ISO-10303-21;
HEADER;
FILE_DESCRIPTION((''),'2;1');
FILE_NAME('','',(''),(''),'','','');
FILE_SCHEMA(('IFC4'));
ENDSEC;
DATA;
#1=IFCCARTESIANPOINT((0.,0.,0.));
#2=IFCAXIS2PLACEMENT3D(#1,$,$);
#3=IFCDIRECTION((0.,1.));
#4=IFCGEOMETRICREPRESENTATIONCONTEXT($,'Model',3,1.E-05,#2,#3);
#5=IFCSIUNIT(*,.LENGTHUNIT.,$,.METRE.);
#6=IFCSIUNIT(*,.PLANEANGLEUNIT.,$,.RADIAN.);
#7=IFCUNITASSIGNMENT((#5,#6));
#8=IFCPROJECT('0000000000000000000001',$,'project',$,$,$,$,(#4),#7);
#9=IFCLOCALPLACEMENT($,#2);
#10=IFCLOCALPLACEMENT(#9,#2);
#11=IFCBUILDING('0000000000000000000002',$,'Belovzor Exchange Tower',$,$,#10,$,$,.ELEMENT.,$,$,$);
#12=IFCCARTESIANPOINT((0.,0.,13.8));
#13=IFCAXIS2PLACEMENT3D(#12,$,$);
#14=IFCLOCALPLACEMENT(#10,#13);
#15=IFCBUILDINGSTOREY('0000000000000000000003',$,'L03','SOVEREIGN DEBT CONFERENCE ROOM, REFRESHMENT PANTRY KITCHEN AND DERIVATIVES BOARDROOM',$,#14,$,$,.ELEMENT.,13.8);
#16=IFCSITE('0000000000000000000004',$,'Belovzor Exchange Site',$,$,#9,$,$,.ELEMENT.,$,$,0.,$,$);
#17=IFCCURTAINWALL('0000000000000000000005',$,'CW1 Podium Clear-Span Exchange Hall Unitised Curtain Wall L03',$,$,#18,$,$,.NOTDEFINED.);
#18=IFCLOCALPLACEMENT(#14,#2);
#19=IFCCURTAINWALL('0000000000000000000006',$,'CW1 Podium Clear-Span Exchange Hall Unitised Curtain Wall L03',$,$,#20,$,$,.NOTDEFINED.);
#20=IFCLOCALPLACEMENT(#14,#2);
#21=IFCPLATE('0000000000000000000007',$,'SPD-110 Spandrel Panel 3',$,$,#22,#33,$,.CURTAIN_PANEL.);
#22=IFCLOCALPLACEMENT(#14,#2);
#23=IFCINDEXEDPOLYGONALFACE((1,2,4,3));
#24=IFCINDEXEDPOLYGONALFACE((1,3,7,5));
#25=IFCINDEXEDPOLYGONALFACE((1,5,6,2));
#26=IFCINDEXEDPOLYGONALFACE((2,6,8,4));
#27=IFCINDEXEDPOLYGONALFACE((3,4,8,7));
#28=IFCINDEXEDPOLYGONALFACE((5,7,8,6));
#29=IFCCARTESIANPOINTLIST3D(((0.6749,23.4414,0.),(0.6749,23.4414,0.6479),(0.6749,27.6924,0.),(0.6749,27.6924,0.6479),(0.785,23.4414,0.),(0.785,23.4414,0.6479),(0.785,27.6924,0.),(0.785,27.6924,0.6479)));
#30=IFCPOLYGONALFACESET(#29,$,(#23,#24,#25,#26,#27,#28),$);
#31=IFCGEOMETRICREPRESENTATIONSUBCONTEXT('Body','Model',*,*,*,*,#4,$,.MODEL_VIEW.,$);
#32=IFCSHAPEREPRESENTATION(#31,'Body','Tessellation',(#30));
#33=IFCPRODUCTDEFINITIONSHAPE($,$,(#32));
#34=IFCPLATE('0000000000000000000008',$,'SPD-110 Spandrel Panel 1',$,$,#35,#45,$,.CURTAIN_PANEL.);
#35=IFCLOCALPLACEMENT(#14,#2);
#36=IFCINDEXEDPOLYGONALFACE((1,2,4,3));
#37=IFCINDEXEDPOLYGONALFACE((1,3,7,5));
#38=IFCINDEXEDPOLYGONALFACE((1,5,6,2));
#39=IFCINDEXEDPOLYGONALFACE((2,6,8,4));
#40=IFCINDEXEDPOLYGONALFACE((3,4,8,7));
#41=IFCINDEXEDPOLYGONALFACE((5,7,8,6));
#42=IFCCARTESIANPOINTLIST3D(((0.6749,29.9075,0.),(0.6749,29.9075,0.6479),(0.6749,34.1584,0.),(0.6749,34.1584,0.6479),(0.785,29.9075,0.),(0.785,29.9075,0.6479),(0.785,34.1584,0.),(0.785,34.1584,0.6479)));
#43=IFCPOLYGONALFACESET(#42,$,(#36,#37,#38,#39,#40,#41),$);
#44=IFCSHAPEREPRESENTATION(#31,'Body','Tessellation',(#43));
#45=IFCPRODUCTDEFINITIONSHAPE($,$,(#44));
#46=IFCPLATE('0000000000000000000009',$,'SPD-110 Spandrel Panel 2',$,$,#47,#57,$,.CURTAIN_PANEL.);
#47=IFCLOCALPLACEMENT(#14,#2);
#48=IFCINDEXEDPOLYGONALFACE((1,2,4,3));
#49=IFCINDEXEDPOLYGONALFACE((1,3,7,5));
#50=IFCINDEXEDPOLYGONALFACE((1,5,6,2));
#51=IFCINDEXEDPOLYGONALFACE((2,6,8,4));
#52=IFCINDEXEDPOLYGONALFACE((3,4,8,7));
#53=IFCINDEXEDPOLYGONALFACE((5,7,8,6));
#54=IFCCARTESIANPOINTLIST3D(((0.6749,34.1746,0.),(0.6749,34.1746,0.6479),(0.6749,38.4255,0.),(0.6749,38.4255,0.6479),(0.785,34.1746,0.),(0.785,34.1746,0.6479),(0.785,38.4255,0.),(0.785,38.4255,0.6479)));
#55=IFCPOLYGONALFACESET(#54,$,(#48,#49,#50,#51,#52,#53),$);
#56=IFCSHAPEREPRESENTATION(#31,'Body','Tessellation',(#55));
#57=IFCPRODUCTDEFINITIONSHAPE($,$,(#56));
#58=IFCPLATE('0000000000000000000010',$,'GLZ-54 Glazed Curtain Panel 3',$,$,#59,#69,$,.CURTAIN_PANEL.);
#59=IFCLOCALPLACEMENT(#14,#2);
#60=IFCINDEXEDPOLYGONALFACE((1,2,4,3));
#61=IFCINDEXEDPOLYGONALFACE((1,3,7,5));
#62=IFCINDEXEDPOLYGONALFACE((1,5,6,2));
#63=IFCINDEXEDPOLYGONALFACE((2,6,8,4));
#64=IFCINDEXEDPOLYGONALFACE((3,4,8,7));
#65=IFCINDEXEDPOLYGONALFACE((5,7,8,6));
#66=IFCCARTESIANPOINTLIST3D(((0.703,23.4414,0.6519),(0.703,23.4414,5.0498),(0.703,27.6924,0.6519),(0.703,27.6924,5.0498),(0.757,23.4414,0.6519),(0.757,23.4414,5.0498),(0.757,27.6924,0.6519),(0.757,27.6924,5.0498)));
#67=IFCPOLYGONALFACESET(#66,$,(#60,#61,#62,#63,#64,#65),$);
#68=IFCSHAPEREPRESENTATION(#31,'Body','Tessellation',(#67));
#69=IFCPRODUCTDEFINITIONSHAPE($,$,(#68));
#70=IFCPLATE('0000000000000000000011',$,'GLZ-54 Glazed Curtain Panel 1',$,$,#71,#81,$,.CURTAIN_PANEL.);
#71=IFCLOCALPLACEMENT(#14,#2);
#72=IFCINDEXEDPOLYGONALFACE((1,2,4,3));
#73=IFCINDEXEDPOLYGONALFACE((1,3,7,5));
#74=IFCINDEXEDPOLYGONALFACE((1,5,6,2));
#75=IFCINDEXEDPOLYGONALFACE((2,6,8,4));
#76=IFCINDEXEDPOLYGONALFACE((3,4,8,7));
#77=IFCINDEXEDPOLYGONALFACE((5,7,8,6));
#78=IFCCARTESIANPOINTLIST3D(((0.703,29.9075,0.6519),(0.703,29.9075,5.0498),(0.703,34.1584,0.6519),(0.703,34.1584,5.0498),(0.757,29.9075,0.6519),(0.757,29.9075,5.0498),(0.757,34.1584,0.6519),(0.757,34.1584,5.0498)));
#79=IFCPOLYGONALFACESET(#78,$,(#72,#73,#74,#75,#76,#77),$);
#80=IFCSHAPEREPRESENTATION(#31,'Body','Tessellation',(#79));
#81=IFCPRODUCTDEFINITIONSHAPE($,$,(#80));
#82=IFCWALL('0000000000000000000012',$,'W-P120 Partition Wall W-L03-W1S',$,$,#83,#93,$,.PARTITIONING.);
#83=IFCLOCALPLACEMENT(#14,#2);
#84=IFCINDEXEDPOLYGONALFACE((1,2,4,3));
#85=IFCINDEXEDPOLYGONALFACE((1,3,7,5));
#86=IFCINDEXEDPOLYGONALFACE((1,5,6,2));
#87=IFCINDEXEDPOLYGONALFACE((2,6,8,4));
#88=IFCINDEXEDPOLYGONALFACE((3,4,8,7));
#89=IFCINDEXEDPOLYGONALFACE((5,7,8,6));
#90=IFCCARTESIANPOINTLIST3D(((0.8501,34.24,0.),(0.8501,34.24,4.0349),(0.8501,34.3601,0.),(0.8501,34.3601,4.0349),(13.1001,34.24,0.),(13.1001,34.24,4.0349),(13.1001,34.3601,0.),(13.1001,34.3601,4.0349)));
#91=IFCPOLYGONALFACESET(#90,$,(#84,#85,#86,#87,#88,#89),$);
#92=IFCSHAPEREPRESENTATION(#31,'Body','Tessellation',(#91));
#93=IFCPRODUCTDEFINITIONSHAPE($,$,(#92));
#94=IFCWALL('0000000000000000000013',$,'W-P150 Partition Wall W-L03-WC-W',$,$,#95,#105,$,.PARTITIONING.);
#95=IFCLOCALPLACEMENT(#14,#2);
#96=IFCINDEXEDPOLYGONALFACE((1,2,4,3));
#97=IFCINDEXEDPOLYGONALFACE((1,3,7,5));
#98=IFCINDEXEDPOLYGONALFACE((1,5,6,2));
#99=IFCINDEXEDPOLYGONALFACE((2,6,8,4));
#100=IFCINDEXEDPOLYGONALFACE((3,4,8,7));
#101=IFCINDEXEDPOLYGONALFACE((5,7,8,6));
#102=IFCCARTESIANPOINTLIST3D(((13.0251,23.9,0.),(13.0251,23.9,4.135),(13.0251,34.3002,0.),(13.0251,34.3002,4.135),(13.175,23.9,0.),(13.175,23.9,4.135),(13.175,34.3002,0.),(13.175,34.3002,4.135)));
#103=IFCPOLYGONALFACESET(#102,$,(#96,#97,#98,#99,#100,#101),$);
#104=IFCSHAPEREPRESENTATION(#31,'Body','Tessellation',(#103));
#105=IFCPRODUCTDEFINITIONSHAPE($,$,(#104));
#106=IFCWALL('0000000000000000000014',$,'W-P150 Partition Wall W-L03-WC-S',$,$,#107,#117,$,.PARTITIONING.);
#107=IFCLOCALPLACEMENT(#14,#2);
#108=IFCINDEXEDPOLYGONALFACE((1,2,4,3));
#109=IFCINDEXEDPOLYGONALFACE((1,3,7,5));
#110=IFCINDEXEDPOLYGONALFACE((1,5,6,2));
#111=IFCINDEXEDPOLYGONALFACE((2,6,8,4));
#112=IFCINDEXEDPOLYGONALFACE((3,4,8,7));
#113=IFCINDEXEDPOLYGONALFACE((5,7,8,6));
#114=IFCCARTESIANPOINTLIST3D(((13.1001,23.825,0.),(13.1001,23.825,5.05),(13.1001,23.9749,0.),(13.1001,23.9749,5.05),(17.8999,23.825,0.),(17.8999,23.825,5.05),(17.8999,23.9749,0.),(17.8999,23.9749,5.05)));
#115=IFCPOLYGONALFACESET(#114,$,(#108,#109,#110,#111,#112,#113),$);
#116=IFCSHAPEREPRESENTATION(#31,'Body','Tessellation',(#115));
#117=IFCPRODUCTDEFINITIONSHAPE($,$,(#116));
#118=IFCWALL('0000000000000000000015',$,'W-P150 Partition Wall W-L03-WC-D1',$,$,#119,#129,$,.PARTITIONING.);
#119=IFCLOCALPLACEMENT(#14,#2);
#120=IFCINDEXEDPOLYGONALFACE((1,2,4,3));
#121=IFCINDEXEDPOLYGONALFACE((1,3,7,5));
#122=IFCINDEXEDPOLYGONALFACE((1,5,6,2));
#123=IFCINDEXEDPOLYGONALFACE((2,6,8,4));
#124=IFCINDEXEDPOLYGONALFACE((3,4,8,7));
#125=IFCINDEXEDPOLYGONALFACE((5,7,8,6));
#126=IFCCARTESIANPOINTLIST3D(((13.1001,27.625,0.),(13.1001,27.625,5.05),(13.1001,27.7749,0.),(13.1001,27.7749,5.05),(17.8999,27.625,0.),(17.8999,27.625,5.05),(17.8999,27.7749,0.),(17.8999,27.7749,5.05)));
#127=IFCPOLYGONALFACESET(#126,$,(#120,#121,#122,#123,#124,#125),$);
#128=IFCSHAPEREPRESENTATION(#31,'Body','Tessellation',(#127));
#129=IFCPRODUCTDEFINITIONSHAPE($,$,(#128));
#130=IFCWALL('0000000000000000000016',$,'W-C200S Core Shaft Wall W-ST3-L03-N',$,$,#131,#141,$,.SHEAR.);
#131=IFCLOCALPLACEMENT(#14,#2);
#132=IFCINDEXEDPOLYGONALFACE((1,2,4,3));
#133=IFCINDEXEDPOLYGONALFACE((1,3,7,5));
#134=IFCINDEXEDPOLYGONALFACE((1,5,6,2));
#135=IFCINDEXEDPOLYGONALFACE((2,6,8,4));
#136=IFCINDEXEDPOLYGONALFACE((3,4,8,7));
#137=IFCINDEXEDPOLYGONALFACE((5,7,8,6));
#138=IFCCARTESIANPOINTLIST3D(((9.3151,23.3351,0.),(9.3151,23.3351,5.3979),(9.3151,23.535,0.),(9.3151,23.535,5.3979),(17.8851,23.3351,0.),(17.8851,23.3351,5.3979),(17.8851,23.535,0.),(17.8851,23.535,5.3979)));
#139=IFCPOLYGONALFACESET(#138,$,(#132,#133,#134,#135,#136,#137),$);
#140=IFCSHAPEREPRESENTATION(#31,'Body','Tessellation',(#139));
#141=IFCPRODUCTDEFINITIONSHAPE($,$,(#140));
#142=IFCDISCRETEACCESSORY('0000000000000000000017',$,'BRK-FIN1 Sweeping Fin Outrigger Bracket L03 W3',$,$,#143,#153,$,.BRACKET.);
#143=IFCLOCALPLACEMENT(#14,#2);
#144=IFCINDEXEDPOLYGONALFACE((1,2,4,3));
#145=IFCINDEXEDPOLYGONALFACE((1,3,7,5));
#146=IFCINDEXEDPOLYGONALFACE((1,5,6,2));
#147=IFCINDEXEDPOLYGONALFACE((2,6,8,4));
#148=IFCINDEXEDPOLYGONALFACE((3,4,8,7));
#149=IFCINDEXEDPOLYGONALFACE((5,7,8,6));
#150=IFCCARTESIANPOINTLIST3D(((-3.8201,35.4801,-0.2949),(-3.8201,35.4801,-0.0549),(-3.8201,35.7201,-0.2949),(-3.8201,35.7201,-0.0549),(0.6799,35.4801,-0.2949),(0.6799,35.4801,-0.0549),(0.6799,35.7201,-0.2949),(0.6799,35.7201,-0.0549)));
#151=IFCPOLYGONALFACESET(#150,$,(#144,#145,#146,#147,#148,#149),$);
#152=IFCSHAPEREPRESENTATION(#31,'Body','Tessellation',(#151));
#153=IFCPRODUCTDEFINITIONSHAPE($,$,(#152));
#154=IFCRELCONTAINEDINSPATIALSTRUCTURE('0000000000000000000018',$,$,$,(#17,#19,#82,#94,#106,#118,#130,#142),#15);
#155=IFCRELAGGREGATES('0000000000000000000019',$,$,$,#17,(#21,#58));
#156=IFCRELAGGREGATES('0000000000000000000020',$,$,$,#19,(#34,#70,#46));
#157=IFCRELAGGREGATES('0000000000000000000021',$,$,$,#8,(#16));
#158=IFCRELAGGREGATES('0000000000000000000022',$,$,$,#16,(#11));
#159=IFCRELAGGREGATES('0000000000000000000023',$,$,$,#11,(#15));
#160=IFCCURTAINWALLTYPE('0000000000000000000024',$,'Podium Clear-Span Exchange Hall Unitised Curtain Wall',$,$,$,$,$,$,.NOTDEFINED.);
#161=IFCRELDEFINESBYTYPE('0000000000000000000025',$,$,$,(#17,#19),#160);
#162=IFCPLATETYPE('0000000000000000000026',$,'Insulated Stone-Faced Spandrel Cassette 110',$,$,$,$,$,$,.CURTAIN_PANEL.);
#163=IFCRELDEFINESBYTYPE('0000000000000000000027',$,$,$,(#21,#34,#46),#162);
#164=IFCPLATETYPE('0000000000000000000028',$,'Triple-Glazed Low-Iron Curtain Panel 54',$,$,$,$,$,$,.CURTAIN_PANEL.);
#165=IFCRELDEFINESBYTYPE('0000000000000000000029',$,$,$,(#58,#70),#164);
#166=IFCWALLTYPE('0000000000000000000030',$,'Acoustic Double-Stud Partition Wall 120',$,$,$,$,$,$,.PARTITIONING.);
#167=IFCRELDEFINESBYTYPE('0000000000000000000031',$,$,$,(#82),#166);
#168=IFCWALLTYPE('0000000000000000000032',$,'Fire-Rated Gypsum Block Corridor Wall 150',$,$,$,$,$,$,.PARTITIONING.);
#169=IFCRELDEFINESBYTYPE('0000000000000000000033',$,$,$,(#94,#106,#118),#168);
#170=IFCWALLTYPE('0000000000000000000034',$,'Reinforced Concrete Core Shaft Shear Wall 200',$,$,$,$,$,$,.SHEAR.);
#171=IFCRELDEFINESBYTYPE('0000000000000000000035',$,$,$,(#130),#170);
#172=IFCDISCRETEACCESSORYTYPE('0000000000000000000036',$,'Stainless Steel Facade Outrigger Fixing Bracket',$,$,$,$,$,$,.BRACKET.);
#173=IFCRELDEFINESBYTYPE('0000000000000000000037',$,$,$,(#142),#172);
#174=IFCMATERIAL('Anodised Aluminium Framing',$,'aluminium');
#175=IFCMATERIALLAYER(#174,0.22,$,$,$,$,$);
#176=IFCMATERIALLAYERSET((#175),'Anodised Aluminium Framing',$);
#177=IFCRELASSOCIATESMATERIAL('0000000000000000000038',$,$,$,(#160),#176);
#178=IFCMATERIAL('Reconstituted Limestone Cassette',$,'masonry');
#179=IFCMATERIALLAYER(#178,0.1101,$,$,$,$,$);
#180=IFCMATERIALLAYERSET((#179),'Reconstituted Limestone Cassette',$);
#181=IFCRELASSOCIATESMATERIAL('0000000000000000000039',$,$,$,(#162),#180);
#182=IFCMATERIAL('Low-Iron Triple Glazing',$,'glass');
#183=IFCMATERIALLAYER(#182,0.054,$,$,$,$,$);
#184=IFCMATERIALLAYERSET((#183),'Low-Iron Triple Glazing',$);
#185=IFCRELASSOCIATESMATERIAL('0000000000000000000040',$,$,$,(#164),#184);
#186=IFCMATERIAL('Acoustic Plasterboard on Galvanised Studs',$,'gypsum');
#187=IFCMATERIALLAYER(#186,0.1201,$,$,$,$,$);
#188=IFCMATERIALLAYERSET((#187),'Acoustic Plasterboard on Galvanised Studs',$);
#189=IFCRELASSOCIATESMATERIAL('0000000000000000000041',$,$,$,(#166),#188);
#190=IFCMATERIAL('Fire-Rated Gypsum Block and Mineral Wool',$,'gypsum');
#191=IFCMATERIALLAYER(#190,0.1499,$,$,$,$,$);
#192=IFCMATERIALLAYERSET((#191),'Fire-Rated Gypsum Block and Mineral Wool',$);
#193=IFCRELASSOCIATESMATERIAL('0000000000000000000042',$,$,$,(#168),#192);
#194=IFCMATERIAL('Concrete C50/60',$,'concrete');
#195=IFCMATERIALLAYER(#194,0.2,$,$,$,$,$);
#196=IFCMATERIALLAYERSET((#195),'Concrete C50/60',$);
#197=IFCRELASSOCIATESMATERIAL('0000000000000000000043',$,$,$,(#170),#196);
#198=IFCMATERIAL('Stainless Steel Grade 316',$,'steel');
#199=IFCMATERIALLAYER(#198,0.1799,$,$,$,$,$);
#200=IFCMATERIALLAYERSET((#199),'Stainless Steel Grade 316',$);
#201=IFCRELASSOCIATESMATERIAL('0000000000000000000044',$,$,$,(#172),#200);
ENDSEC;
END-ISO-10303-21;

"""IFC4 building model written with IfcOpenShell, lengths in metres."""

from ifc_helpers import new_model, si_unit, direction, frame, frame_2d, origin, origin_2d, place, context, subcontext, project, spatial, rectangle, extrude, material, layer, layer_set, type_object, element, aggregate, save


model = new_model("IFC4")

# Units and contexts
model_context = context("Model", 3, precision=1e-05, world=origin(), true_north=direction((0.0, 1.0)))
body_context = subcontext(model_context, "Body", "Model", "MODEL_VIEW")
ifc_project = project(units=[si_unit("LENGTHUNIT", "METRE"), si_unit("PLANEANGLEUNIT", "RADIAN")], contexts=[model_context])

# Site, building, storey
site_placement = place(None, origin())
site = spatial("IfcSite", under=ifc_project, at=site_placement, Name="Belovzor Exchange Site", CompositionType="ELEMENT", RefElevation=0.0)
building_placement = place(site_placement, origin())
building = spatial("IfcBuilding", under=site, at=building_placement, Name="Belovzor Exchange Tower", CompositionType="ELEMENT")
storey_placement = place(building_placement, frame((0.0, 0.0, 13.8)))
storey = spatial("IfcBuildingStorey", under=building, at=storey_placement, Name="L03", Description="SOVEREIGN DEBT CONFERENCE ROOM, REFRESHMENT PANTRY KITCHEN AND DERIVATIVES BOARDROOM", CompositionType="ELEMENT", Elevation=13.8)

# Curtain wall
ifc_material_1 = material(Name="Anodised Aluminium Framing", Category="aluminium")
ifc_layer_1 = layer(ifc_material_1, 0.22)
ifc_layer_set_1 = layer_set([ifc_layer_1], Name="Anodised Aluminium Framing")
curtain_wall_type = type_object("IfcCurtainWallType", Name="Podium Clear-Span Exchange Hall Unitised Curtain Wall", PredefinedType="NOTDEFINED", material=ifc_layer_set_1)
curtain_wall_1_placement = place(storey_placement, origin())
curtain_wall_1 = element("IfcCurtainWall", 1, at=curtain_wall_1_placement, inside=storey, type_object=curtain_wall_type, Name="CW1 Podium Clear-Span Exchange Hall Unitised Curtain Wall L03", PredefinedType="NOTDEFINED")

# Curtain wall
curtain_wall_2_placement = place(storey_placement, origin())
curtain_wall_2 = element("IfcCurtainWall", 2, at=curtain_wall_2_placement, inside=storey, type_object=curtain_wall_type, Name="CW1 Podium Clear-Span Exchange Hall Unitised Curtain Wall L03", PredefinedType="NOTDEFINED")

# Plates
ifc_material_2 = material(Name="Reconstituted Limestone Cassette", Category="masonry")
ifc_layer_2 = layer(ifc_material_2, 0.1101)
ifc_layer_set_2 = layer_set([ifc_layer_2], Name="Reconstituted Limestone Cassette")
plate_type_1 = type_object("IfcPlateType", Name="Insulated Stone-Faced Spandrel Cassette 110", PredefinedType="CURTAIN_PANEL", material=ifc_layer_set_2)
plate_1_placement = place(storey_placement, frame((0.73, 25.5669, 0.0), z_axis=(0.0, 0.0, 1.0), x_axis=(0.0, 1.0, 0.0)))
plate_1 = element("IfcPlate", 3, at=plate_1_placement, type_object=plate_type_1, Name="SPD-110 Spandrel Panel 3", PredefinedType="CURTAIN_PANEL", context=body_context, shape_type="SweptSolid", body=[
    extrude(rectangle(XDim=4.251, YDim=0.1101, at=origin_2d()), origin(), (0.0, 0.0, 1.0), 0.6479),
])
plate_2_placement = place(storey_placement, frame((0.73, 32.033, 0.0), z_axis=(0.0, 0.0, 1.0), x_axis=(0.0, 1.0, 0.0)))
plate_2 = element("IfcPlate", 4, at=plate_2_placement, type_object=plate_type_1, Name="SPD-110 Spandrel Panel 1", PredefinedType="CURTAIN_PANEL", context=body_context, shape_type="SweptSolid", body=[
    extrude(rectangle(XDim=4.251, YDim=0.1101, at=origin_2d()), origin(), (0.0, 0.0, 1.0), 0.6479),
])
plate_3_placement = place(storey_placement, frame((0.73, 36.3, 0.0), z_axis=(0.0, 0.0, 1.0), x_axis=(0.0, 1.0, 0.0)))
plate_3 = element("IfcPlate", 5, at=plate_3_placement, type_object=plate_type_1, Name="SPD-110 Spandrel Panel 2", PredefinedType="CURTAIN_PANEL", context=body_context, shape_type="SweptSolid", body=[
    extrude(rectangle(XDim=4.251, YDim=0.1101, at=origin_2d()), origin(), (0.0, 0.0, 1.0), 0.6479),
])
ifc_material_3 = material(Name="Low-Iron Triple Glazing", Category="glass")
ifc_layer_3 = layer(ifc_material_3, 0.054)
ifc_layer_set_3 = layer_set([ifc_layer_3], Name="Low-Iron Triple Glazing")
plate_type_2 = type_object("IfcPlateType", Name="Triple-Glazed Low-Iron Curtain Panel 54", PredefinedType="CURTAIN_PANEL", material=ifc_layer_set_3)
plate_4_placement = place(storey_placement, frame((0.73, 25.5669, 0.6519), z_axis=(0.0, 0.0, 1.0), x_axis=(0.0, 1.0, 0.0)))
plate_4 = element("IfcPlate", 6, at=plate_4_placement, type_object=plate_type_2, Name="GLZ-54 Glazed Curtain Panel 3", PredefinedType="CURTAIN_PANEL", context=body_context, shape_type="SweptSolid", body=[
    extrude(rectangle(XDim=4.251, YDim=0.054, at=origin_2d()), origin(), (0.0, 0.0, 1.0), 4.3979),
])
aggregate(curtain_wall_1, [plate_1, plate_4])
plate_5_placement = place(storey_placement, frame((0.73, 32.033, 0.6519), z_axis=(0.0, 0.0, 1.0), x_axis=(0.0, 1.0, 0.0)))
plate_5 = element("IfcPlate", 7, at=plate_5_placement, type_object=plate_type_2, Name="GLZ-54 Glazed Curtain Panel 1", PredefinedType="CURTAIN_PANEL", context=body_context, shape_type="SweptSolid", body=[
    extrude(rectangle(XDim=4.251, YDim=0.054, at=origin_2d()), origin(), (0.0, 0.0, 1.0), 4.3979),
])
aggregate(curtain_wall_2, [plate_2, plate_5, plate_3])

# Walls
ifc_material_4 = material(Name="Acoustic Plasterboard on Galvanised Studs", Category="gypsum")
ifc_layer_4 = layer(ifc_material_4, 0.1201)
ifc_layer_set_4 = layer_set([ifc_layer_4], Name="Acoustic Plasterboard on Galvanised Studs")
wall_type_1 = type_object("IfcWallType", Name="Acoustic Double-Stud Partition Wall 120", PredefinedType="PARTITIONING", material=ifc_layer_set_4)
wall_1_placement = place(storey_placement, frame((0.8501, 34.3, 0.0), z_axis=(0.0, 0.0, 1.0), x_axis=(1.0, 0.0, 0.0)))
element("IfcWall", 8, at=wall_1_placement, inside=storey, type_object=wall_type_1, Name="W-P120 Partition Wall W-L03-W1S", PredefinedType="PARTITIONING", context=body_context, shape_type="SweptSolid", body=[
    extrude(rectangle(XDim=12.25, YDim=0.1201, at=frame_2d((6.125, 0.0))), origin(), (0.0, 0.0, 1.0), 4.0349),
])
ifc_material_5 = material(Name="Fire-Rated Gypsum Block and Mineral Wool", Category="gypsum")
ifc_layer_5 = layer(ifc_material_5, 0.1499)
ifc_layer_set_5 = layer_set([ifc_layer_5], Name="Fire-Rated Gypsum Block and Mineral Wool")
wall_type_2 = type_object("IfcWallType", Name="Fire-Rated Gypsum Block Corridor Wall 150", PredefinedType="PARTITIONING", material=ifc_layer_set_5)
wall_2_placement = place(storey_placement, frame((13.1001, 23.8999, 0.0), z_axis=(0.0, 0.0, 1.0), x_axis=(0.0, 1.0, 0.0)))
element("IfcWall", 9, at=wall_2_placement, inside=storey, type_object=wall_type_2, Name="W-P150 Partition Wall W-L03-WC-W", PredefinedType="PARTITIONING", context=body_context, shape_type="SweptSolid", body=[
    extrude(rectangle(XDim=10.4001, YDim=0.1499, at=frame_2d((5.2002, 0.0))), origin(), (0.0, 0.0, 1.0), 4.135),
])
for number, where, z_axis, x_axis, name in (
    (10, (13.1001, 23.8999, 0.0), (0.0, 0.0, 1.0), (1.0, 0.0, 0.0), "W-P150 Partition Wall W-L03-WC-S"),
    (11, (13.1001, 27.7, 0.0), (0.0, 0.0, 1.0), (1.0, 0.0, 0.0), "W-P150 Partition Wall W-L03-WC-D1"),
):
    element("IfcWall", number, at=place(storey_placement, frame(where, z_axis=z_axis, x_axis=x_axis)), inside=storey, type_object=wall_type_2, Name=name, PredefinedType="PARTITIONING", context=body_context, shape_type="SweptSolid", body=[
        extrude(rectangle(XDim=4.7998, YDim=0.1499, at=frame_2d((2.3999, 0.0))), origin(), (0.0, 0.0, 1.0), 5.05),
    ])
ifc_material_6 = material(Name="Concrete C50/60", Category="concrete")
ifc_layer_6 = layer(ifc_material_6, 0.2)
ifc_layer_set_6 = layer_set([ifc_layer_6], Name="Concrete C50/60")
wall_type_3 = type_object("IfcWallType", Name="Reinforced Concrete Core Shaft Shear Wall 200", PredefinedType="SHEAR", material=ifc_layer_set_6)
wall_3_placement = place(storey_placement, frame((9.3149, 23.4351, 0.0), z_axis=(0.0, 0.0, 1.0), x_axis=(1.0, 0.0, 0.0)))
element("IfcWall", 12, at=wall_3_placement, inside=storey, type_object=wall_type_3, Name="W-C200S Core Shaft Wall W-ST3-L03-N", PredefinedType="SHEAR", context=body_context, shape_type="SweptSolid", body=[
    extrude(rectangle(XDim=8.5701, YDim=0.2, at=frame_2d((4.2852, 0.0))), origin(), (0.0, 0.0, 1.0), 5.3979),
])

# Discrete accessory
ifc_material_7 = material(Name="Stainless Steel Grade 316", Category="steel")
ifc_layer_7 = layer(ifc_material_7, 0.1799)
ifc_layer_set_7 = layer_set([ifc_layer_7], Name="Stainless Steel Grade 316")
discrete_accessory_type = type_object("IfcDiscreteAccessoryType", Name="Stainless Steel Facade Outrigger Fixing Bracket", PredefinedType="BRACKET", material=ifc_layer_set_7)
discrete_accessory_placement = place(storey_placement, frame((-1.5701, 35.6001, -0.2949), z_axis=(0.0, 0.0, 1.0), x_axis=(1.0, 0.0, 0.0)))
element("IfcDiscreteAccessory", 13, at=discrete_accessory_placement, inside=storey, type_object=discrete_accessory_type, Name="BRK-FIN1 Sweeping Fin Outrigger Bracket L03 W3", PredefinedType="BRACKET", context=body_context, shape_type="SweptSolid", body=[
    extrude(rectangle(XDim=4.5, YDim=0.24, at=origin_2d()), origin(), (0.0, 0.0, 1.0), 0.24),
])

save(model, "model.ifc")
